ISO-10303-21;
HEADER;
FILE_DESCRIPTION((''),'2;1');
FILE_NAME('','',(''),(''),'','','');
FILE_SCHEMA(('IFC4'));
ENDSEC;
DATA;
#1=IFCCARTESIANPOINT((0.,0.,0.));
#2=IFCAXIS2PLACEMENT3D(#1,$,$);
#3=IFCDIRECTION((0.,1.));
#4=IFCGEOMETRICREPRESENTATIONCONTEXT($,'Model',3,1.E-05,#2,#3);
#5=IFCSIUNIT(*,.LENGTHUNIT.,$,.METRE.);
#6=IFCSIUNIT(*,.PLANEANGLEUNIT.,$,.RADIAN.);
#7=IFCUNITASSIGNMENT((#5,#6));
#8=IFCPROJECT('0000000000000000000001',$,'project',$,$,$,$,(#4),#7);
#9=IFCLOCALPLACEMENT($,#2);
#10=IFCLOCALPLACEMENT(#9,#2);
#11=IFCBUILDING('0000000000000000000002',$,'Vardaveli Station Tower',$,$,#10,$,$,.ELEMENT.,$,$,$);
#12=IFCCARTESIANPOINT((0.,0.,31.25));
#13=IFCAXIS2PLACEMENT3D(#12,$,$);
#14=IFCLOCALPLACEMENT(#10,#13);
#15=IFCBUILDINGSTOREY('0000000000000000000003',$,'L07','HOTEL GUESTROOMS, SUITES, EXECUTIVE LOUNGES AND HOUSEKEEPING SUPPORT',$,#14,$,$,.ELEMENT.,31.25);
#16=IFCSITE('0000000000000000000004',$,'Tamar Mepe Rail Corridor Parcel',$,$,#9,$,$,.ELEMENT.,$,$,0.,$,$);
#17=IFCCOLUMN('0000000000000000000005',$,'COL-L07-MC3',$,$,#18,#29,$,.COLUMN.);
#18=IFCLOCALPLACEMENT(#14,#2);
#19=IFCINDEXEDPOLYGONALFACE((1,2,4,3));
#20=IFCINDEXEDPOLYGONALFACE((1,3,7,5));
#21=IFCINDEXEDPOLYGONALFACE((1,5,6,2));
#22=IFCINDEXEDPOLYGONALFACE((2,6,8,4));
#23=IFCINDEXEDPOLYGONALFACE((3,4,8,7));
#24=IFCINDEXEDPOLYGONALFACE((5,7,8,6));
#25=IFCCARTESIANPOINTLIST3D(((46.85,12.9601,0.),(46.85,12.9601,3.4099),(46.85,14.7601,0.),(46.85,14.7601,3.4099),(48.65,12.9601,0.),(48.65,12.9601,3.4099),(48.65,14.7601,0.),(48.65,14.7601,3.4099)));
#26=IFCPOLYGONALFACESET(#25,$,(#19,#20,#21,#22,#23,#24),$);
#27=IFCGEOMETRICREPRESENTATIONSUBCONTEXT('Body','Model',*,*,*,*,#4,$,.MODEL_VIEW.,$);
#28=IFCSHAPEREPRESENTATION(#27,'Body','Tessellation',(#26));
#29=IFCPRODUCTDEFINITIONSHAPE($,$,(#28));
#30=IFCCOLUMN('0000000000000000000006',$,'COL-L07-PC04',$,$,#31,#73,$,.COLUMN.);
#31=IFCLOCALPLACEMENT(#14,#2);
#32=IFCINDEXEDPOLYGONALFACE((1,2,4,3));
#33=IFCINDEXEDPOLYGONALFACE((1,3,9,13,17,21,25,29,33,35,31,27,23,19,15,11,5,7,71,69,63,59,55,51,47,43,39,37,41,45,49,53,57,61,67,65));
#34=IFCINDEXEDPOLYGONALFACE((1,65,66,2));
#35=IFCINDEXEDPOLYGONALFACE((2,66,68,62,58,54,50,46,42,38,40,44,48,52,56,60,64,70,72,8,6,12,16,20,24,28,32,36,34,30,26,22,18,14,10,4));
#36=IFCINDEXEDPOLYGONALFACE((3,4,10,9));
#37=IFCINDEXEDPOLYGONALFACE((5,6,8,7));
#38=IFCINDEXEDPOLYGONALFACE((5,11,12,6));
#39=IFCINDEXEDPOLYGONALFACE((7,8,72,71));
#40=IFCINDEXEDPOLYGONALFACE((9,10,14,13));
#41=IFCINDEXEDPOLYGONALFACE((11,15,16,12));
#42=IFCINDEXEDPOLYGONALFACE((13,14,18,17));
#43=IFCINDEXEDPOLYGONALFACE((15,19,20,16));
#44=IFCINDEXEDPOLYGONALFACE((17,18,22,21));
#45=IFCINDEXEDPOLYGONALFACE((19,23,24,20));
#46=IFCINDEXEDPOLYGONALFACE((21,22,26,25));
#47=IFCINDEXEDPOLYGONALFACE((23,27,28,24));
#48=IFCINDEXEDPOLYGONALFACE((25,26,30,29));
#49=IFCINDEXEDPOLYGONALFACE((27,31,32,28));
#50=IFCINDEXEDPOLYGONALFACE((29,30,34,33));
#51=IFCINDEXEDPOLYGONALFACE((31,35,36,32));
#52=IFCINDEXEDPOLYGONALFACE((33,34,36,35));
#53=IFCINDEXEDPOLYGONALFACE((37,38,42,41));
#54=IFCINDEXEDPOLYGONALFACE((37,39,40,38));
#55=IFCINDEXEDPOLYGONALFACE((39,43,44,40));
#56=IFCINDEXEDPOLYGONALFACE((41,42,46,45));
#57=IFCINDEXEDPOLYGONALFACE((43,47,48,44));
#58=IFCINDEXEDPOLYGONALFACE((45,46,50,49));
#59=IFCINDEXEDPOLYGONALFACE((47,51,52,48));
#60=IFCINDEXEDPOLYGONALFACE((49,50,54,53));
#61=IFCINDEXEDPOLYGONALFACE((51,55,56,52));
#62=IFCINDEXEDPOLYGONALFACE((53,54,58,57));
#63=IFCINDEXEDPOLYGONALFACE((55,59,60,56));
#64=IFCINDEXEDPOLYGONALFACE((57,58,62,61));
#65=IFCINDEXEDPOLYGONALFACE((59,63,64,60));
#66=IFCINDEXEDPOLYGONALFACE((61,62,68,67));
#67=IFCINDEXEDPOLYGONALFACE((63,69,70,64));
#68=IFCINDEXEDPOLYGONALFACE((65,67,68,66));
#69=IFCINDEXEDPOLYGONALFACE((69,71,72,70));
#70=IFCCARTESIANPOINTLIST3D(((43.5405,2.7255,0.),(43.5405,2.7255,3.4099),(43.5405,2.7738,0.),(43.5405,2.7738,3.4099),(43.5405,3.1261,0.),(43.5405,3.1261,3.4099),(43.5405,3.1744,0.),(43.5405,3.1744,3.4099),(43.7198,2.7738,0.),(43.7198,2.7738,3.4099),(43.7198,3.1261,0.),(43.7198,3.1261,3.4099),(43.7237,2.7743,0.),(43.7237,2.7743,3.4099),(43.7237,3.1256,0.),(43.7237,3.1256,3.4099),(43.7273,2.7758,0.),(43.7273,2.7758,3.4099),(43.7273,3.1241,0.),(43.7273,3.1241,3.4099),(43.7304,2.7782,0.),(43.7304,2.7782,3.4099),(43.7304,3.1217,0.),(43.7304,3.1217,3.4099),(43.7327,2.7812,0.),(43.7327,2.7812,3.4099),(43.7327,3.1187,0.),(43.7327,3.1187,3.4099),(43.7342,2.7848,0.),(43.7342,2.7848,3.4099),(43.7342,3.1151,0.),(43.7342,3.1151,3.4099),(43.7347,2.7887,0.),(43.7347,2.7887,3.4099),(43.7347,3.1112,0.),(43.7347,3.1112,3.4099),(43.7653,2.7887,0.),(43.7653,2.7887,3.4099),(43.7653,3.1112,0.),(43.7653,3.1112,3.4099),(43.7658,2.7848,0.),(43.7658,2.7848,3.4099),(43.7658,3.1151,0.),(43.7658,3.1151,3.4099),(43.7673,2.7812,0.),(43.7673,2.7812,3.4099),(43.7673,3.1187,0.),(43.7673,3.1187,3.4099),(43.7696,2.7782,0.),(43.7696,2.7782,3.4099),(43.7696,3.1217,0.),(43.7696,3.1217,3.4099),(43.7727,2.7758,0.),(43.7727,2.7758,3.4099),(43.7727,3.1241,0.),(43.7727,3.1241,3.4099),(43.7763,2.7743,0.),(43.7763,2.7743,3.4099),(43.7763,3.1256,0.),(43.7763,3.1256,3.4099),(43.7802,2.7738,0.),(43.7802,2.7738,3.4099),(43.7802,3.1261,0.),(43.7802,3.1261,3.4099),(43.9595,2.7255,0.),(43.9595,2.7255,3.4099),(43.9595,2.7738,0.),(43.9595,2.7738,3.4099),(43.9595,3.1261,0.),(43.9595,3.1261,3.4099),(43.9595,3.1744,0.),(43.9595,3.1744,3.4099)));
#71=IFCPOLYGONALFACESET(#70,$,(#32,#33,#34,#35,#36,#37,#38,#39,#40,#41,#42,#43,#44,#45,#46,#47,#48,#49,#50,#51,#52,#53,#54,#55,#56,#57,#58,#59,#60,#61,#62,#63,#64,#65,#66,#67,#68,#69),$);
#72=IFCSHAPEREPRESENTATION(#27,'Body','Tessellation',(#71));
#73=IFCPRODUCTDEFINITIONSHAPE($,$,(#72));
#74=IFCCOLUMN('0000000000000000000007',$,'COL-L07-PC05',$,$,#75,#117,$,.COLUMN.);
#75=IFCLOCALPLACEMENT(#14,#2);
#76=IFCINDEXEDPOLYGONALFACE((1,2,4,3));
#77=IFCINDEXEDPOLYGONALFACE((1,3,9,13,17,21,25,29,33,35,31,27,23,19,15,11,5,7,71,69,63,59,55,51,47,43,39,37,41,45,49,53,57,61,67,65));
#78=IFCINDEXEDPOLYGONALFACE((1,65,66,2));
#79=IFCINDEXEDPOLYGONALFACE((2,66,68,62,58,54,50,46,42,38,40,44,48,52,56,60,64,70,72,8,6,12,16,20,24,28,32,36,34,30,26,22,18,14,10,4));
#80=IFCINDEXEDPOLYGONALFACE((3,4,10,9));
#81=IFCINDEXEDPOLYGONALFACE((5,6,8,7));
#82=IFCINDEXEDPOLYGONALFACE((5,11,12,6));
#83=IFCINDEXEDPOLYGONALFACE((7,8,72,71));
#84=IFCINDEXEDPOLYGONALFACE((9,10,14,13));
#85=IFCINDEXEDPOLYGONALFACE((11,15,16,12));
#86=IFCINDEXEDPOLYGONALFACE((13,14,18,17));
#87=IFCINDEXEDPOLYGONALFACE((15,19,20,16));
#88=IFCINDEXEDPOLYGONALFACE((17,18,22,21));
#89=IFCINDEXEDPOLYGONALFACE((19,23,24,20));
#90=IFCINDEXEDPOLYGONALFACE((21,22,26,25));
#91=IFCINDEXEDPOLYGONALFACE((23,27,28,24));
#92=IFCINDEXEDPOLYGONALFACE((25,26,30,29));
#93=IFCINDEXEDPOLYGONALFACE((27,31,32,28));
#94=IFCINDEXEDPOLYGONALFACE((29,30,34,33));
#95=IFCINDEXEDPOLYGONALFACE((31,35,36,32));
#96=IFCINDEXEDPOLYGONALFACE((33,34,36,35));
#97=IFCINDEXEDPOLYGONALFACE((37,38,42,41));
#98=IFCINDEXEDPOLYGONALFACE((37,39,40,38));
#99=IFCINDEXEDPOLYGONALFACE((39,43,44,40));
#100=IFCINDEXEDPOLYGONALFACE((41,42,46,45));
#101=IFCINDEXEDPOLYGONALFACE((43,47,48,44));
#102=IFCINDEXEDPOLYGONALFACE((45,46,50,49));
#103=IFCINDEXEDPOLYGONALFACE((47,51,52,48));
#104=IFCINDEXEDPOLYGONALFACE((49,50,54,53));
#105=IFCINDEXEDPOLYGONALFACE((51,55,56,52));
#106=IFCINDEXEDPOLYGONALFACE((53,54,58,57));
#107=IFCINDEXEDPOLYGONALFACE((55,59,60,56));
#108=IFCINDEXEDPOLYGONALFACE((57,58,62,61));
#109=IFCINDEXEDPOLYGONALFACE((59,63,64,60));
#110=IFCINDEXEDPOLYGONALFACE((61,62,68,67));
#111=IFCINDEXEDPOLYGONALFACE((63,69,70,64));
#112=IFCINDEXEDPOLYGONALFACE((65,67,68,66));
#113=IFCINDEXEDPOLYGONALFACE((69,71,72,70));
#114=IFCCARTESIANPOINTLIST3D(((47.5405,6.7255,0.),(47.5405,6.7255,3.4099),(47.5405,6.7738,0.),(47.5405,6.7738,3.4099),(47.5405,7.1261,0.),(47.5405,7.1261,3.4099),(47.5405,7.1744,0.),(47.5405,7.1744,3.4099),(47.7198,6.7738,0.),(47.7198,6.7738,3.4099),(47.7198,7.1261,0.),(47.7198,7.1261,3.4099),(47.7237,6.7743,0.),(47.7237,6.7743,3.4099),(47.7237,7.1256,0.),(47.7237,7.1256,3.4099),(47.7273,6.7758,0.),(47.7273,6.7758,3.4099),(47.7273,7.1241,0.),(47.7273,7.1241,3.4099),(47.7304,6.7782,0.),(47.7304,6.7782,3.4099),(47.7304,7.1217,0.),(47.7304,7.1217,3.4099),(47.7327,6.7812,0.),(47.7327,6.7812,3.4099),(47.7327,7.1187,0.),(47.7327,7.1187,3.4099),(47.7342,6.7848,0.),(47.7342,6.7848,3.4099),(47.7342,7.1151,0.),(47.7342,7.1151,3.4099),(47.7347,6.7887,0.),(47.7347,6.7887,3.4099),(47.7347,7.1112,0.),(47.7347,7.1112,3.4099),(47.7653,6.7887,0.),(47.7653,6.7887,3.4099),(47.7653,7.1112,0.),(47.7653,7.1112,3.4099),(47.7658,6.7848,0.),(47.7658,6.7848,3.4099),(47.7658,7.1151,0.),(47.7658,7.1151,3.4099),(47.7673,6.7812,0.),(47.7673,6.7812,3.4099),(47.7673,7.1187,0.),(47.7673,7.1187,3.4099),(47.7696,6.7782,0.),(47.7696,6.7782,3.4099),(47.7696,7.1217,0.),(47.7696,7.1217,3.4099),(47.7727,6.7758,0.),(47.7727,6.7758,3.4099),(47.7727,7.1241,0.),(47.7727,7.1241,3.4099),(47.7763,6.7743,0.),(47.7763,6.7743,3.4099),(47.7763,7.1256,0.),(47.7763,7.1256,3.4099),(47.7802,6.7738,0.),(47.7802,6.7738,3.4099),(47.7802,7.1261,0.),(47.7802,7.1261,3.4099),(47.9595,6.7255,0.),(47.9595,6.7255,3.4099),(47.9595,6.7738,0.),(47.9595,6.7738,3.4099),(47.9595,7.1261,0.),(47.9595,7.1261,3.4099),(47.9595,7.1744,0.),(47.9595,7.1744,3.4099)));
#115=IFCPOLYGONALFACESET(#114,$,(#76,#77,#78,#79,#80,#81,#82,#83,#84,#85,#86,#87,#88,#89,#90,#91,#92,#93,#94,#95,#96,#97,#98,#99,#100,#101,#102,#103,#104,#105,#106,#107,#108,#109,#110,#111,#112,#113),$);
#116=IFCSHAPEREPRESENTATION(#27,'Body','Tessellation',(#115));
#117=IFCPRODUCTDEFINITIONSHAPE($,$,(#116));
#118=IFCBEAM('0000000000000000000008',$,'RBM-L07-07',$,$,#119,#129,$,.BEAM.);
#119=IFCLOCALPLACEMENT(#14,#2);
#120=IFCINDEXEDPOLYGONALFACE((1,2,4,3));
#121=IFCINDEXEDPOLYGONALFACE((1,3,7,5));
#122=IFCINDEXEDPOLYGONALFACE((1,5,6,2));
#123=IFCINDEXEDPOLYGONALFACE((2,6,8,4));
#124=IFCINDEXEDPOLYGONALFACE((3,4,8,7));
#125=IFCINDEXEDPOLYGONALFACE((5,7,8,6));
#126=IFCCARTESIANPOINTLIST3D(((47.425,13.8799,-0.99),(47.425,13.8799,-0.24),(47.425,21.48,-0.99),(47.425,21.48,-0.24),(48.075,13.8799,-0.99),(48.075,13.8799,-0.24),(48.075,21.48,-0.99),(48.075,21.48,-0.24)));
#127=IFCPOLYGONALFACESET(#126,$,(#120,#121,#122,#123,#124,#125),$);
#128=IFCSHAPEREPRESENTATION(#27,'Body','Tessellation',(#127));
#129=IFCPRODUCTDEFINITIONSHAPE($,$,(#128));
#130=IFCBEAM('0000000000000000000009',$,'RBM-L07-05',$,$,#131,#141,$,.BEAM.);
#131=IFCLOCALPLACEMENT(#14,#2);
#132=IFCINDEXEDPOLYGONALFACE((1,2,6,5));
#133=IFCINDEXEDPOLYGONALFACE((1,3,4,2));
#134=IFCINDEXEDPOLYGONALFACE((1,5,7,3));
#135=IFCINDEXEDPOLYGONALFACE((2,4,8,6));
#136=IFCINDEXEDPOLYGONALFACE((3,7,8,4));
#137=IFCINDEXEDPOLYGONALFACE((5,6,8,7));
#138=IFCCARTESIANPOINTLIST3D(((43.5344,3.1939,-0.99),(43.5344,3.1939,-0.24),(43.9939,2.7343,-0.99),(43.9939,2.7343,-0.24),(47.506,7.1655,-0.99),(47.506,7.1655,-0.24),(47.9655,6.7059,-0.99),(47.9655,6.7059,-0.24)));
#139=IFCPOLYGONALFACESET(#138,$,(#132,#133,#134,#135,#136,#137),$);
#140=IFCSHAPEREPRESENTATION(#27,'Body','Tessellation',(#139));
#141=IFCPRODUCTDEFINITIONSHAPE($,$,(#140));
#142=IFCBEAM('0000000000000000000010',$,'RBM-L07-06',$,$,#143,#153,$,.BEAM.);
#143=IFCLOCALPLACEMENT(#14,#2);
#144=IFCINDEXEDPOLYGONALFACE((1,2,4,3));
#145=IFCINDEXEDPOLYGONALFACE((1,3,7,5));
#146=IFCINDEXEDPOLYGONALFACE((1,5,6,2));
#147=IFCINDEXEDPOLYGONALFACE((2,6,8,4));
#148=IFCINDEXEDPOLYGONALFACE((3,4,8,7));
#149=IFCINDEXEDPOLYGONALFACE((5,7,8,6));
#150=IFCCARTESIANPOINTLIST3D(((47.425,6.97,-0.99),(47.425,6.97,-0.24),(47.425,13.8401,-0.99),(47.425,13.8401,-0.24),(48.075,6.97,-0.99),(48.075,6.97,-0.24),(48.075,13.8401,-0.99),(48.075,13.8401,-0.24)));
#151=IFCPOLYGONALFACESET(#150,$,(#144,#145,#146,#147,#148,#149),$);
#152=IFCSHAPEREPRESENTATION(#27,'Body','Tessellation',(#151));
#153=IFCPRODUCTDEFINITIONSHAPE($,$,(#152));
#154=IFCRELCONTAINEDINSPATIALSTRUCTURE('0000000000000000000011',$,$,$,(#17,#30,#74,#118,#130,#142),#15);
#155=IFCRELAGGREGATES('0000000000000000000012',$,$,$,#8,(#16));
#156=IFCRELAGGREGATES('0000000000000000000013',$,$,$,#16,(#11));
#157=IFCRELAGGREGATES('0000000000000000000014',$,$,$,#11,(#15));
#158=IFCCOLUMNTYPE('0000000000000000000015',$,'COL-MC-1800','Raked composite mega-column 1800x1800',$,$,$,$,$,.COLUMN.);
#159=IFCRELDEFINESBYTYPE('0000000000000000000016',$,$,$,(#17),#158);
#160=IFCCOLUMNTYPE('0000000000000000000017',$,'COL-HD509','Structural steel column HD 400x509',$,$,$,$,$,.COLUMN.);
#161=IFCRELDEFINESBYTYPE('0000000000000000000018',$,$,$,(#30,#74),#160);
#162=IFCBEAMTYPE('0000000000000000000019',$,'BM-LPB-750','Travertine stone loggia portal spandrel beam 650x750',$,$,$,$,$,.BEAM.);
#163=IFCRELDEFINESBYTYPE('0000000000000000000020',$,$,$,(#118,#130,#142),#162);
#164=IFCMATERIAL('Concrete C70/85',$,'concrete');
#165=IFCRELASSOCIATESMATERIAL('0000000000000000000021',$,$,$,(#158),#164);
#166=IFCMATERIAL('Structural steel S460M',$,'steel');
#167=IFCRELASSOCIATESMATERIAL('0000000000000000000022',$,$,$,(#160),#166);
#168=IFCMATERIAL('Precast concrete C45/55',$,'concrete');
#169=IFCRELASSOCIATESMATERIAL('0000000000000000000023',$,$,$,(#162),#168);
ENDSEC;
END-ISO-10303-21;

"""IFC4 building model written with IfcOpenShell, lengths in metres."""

from ifc_helpers import new_model, si_unit, direction, frame, origin, origin_2d, place, context, subcontext, project, spatial, rectangle, i_section, extrude, source, transform, mapped, material, material_profile, profile_set, type_object, element, save


model = new_model("IFC4")

# Units and contexts
model_context = context("Model", 3, precision=1e-05, world=origin(), true_north=direction((0.0, 1.0)))
body_context = subcontext(model_context, "Body", "Model", "MODEL_VIEW")
ifc_project = project(units=[si_unit("LENGTHUNIT", "METRE"), si_unit("PLANEANGLEUNIT", "RADIAN")], contexts=[model_context])

# Site, building, storey
site_placement = place(None, origin())
site = spatial("IfcSite", under=ifc_project, at=site_placement, Name="Tamar Mepe Rail Corridor Parcel", CompositionType="ELEMENT", RefElevation=0.0)
building_placement = place(site_placement, origin())
building = spatial("IfcBuilding", under=site, at=building_placement, Name="Vardaveli Station Tower", CompositionType="ELEMENT")
storey_placement = place(building_placement, frame((0.0, 0.0, 31.25)))
storey = spatial("IfcBuildingStorey", under=building, at=storey_placement, Name="L07", Description="HOTEL GUESTROOMS, SUITES, EXECUTIVE LOUNGES AND HOUSEKEEPING SUPPORT", CompositionType="ELEMENT", Elevation=31.25)

# Columns
ifc_material_1 = material(Name="Concrete C70/85", Category="concrete")
ifc_material_profile_1 = material_profile(ifc_material_1, rectangle(XDim=1.8, YDim=1.8, at=origin_2d()), Name="MC 1800x1800")
ifc_profile_set_1 = profile_set([ifc_material_profile_1], Name="Concrete C70/85")
column_type_1 = type_object("IfcColumnType", Name="COL-MC-1800", Description="Raked composite mega-column 1800x1800", PredefinedType="COLUMN", material=ifc_profile_set_1)
shared_shape_1 = source(origin(), body_context, "Body", "SweptSolid", [
    extrude(rectangle(XDim=1.8, YDim=1.8, at=origin_2d()), origin(), (0.0, 0.0, 1.0), 3.4099),
])
column_placement = place(storey_placement, frame((47.75, 13.8601, 0.0), z_axis=(0.0, 0.0, 1.0), x_axis=(1.0, 0.0, 0.0)))
element("IfcColumn", 1, at=column_placement, inside=storey, type_object=column_type_1, Name="COL-L07-MC3", PredefinedType="COLUMN", context=body_context, shape_type="MappedRepresentation", body=[
    mapped(shared_shape_1, transform((0.0, 0.0, 0.0), scale=1.0)),
])
ifc_material_2 = material(Name="Structural steel S460M", Category="steel")
ifc_material_profile_2 = material_profile(ifc_material_2, i_section(OverallWidth=0.4189, OverallDepth=0.449, WebThickness=0.0305, FlangeThickness=0.0483, FilletRadius=0.0149, at=origin_2d()), Name="HD 400x509")
ifc_profile_set_2 = profile_set([ifc_material_profile_2], Name="Structural steel S460M")
column_type_2 = type_object("IfcColumnType", Name="COL-HD509", Description="Structural steel column HD 400x509", PredefinedType="COLUMN", material=ifc_profile_set_2)
shared_shape_2 = source(origin(), body_context, "Body", "SweptSolid", [
    extrude(i_section(OverallWidth=0.4189, OverallDepth=0.449, WebThickness=0.0305, FlangeThickness=0.0483, FilletRadius=0.0149, at=origin_2d()), origin(), (0.0, 0.0, 1.0), 3.4099),
])
for number, where, z_axis, x_axis, name in (
    (2, (43.75, 2.95, 0.0), (0.0, 0.0, 1.0), (1.0, 0.0, 0.0), "COL-L07-PC04"),
    (3, (47.75, 6.95, 0.0), (0.0, 0.0, 1.0), (1.0, 0.0, 0.0), "COL-L07-PC05"),
):
    element("IfcColumn", number, at=place(storey_placement, frame(where, z_axis=z_axis, x_axis=x_axis)), inside=storey, type_object=column_type_2, Name=name, PredefinedType="COLUMN", context=body_context, shape_type="MappedRepresentation", body=[
        mapped(shared_shape_2, transform((0.0, 0.0, 0.0), scale=1.0)),
    ])

# Beams
ifc_material_3 = material(Name="Precast concrete C45/55", Category="concrete")
ifc_material_profile_3 = material_profile(ifc_material_3, rectangle(XDim=0.6499, YDim=0.75, at=origin_2d()), Name="LPB 650x750")
ifc_profile_set_3 = profile_set([ifc_material_profile_3], Name="Precast concrete C45/55")
beam_type_1 = type_object("IfcBeamType", Name="BM-LPB-750", Description="Travertine stone loggia portal spandrel beam 650x750", PredefinedType="BEAM", material=ifc_profile_set_3)
shared_shape_3 = source(origin(), body_context, "Body", "SweptSolid", [
    extrude(rectangle(XDim=0.6499, YDim=0.75, at=origin_2d()), origin(), (0.0, 0.0, 1.0), 7.6001),
])
beam_1_placement = place(storey_placement, frame((47.75, 13.8799, -0.615), z_axis=(0.0, 1.0, 0.0), x_axis=(-1.0, 0.0, 0.0)))
element("IfcBeam", 4, at=beam_1_placement, inside=storey, type_object=beam_type_1, Name="RBM-L07-07", PredefinedType="BEAM", context=body_context, shape_type="MappedRepresentation", body=[
    mapped(shared_shape_3, transform((0.0, 0.0, 0.0), scale=1.0)),
])
shared_shape_4 = source(origin(), body_context, "Body", "SweptSolid", [
    extrude(rectangle(XDim=0.6499, YDim=0.75, at=origin_2d()), origin(), (0.0, 0.0, 1.0), 5.6167),
])
beam_2_placement = place(storey_placement, frame((43.7642, 2.9641, -0.615), z_axis=(0.707107, 0.707107, 0.0), x_axis=(-0.707107, 0.707107, 0.0)))
element("IfcBeam", 5, at=beam_2_placement, inside=storey, type_object=beam_type_1, Name="RBM-L07-05", PredefinedType="BEAM", context=body_context, shape_type="MappedRepresentation", body=[
    mapped(shared_shape_4, transform((0.0, 0.0, 0.0), scale=1.0)),
])
shared_shape_5 = source(origin(), body_context, "Body", "SweptSolid", [
    extrude(rectangle(XDim=0.6499, YDim=0.75, at=origin_2d()), origin(), (0.0, 0.0, 1.0), 6.8701),
])
beam_3_placement = place(storey_placement, frame((47.75, 6.97, -0.615), z_axis=(0.0, 1.0, 0.0), x_axis=(-1.0, 0.0, 0.0)))
element("IfcBeam", 6, at=beam_3_placement, inside=storey, type_object=beam_type_1, Name="RBM-L07-06", PredefinedType="BEAM", context=body_context, shape_type="MappedRepresentation", body=[
    mapped(shared_shape_5, transform((0.0, 0.0, 0.0), scale=1.0)),
])

save(model, "model.ifc")
